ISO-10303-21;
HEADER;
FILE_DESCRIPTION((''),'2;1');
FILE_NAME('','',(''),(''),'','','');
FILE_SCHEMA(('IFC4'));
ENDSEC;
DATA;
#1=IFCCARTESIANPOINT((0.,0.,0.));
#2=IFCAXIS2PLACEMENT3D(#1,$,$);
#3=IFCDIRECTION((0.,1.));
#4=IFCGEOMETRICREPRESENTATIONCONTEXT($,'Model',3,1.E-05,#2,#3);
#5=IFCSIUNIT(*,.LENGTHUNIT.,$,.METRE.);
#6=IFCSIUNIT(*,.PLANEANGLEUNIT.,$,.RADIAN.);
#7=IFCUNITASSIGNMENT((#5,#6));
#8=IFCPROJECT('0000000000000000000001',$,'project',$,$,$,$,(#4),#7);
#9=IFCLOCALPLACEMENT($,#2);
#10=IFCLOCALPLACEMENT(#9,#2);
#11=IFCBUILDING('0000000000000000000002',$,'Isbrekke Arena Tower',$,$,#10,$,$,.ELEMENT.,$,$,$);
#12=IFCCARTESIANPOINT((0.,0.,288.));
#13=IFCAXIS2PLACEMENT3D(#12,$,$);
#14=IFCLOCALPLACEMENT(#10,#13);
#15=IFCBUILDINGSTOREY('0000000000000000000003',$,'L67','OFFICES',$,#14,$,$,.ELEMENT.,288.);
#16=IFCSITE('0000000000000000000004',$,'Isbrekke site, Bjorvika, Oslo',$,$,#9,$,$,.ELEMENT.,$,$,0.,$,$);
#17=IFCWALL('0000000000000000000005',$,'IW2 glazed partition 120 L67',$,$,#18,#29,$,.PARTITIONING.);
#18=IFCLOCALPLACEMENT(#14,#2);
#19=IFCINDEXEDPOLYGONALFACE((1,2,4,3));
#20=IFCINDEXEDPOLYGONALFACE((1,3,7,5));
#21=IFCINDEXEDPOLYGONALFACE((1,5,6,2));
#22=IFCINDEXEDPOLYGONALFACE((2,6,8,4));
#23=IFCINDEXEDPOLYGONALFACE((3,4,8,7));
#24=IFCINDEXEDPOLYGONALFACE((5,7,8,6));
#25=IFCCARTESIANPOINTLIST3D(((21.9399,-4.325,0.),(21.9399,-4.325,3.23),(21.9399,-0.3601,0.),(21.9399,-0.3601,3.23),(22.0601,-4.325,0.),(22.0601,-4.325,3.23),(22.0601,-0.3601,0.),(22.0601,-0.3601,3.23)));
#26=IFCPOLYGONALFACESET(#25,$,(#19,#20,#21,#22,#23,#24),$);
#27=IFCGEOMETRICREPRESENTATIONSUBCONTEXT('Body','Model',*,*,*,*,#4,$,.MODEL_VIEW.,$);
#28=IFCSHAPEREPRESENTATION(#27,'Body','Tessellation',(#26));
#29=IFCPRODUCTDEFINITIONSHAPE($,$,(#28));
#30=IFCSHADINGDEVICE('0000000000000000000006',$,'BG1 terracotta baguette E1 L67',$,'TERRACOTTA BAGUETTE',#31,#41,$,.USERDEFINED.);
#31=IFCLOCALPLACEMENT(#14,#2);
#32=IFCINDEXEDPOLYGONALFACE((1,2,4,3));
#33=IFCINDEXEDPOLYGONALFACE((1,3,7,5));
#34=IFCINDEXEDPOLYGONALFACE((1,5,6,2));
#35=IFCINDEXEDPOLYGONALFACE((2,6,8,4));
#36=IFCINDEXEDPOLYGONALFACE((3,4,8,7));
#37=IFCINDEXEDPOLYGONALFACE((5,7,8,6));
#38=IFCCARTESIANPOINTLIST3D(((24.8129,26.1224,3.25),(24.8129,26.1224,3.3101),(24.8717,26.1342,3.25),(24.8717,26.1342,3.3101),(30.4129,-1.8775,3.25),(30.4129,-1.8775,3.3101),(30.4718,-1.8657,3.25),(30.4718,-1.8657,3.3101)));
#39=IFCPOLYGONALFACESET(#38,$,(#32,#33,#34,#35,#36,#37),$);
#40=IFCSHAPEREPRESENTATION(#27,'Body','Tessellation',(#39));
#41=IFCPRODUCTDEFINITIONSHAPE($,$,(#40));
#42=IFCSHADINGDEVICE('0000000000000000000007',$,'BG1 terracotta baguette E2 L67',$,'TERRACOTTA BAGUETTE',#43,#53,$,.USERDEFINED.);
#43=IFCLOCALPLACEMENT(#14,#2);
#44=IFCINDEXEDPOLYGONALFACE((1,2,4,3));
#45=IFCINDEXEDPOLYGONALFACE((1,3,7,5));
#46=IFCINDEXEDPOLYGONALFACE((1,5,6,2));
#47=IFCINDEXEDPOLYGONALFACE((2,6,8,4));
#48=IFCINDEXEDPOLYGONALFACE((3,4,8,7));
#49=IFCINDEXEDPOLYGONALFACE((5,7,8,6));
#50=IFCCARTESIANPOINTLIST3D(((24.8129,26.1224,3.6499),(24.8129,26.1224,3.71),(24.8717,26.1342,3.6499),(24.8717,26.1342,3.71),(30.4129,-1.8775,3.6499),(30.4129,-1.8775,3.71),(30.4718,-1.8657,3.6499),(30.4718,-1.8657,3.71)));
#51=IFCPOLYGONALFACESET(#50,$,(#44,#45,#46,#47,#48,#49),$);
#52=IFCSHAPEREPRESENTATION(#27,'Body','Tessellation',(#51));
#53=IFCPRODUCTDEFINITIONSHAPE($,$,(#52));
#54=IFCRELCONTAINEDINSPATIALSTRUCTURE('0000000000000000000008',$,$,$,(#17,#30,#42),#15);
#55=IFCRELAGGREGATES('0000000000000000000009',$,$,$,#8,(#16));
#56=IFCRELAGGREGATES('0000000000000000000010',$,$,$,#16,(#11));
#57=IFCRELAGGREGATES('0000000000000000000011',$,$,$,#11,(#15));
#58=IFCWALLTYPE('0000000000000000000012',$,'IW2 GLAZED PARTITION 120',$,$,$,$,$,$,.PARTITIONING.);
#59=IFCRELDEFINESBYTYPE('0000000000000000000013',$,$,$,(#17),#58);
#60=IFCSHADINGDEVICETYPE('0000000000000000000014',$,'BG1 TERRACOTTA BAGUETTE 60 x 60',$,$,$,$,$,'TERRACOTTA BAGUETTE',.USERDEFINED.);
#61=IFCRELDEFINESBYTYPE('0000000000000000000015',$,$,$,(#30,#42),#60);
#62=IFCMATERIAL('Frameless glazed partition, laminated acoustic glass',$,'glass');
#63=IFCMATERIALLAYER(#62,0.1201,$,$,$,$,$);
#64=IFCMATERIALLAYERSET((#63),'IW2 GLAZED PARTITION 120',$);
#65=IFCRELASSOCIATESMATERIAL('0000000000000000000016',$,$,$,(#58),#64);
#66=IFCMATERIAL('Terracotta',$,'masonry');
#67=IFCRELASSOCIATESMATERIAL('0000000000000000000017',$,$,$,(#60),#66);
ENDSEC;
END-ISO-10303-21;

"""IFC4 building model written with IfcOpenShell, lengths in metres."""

from ifc_helpers import new_model, si_unit, direction, frame, frame_2d, origin, origin_2d, place, context, subcontext, project, spatial, rectangle, extrude, material, layer, layer_set, material_profile, profile_set, type_object, element, save


model = new_model("IFC4")

# Units and contexts
model_context = context("Model", 3, precision=1e-05, world=origin(), true_north=direction((0.0, 1.0)))
body_context = subcontext(model_context, "Body", "Model", "MODEL_VIEW")
ifc_project = project(units=[si_unit("LENGTHUNIT", "METRE"), si_unit("PLANEANGLEUNIT", "RADIAN")], contexts=[model_context])

# Site, building, storey
site_placement = place(None, origin())
site = spatial("IfcSite", under=ifc_project, at=site_placement, Name="Isbrekke site, Bjorvika, Oslo", CompositionType="ELEMENT", RefElevation=0.0)
building_placement = place(site_placement, origin())
building = spatial("IfcBuilding", under=site, at=building_placement, Name="Isbrekke Arena Tower", CompositionType="ELEMENT")
storey_placement = place(building_placement, frame((0.0, 0.0, 288.0)))
storey = spatial("IfcBuildingStorey", under=building, at=storey_placement, Name="L67", Description="OFFICES", CompositionType="ELEMENT", Elevation=288.0)

# Wall
ifc_material_1 = material(Name="Frameless glazed partition, laminated acoustic glass", Category="glass")
ifc_layer_1 = layer(ifc_material_1, 0.1201)
ifc_layer_set_1 = layer_set([ifc_layer_1], Name="IW2 GLAZED PARTITION 120")
wall_type = type_object("IfcWallType", Name="IW2 GLAZED PARTITION 120", PredefinedType="PARTITIONING", material=ifc_layer_set_1)
wall_placement = place(storey_placement, frame((22.0, -4.325, 0.0), z_axis=(0.0, 0.0, 1.0), x_axis=(0.0, 1.0, 0.0)))
element("IfcWall", 1, at=wall_placement, inside=storey, type_object=wall_type, Name="IW2 glazed partition 120 L67", PredefinedType="PARTITIONING", context=body_context, shape_type="SweptSolid", body=[
    extrude(rectangle(XDim=3.9648, YDim=0.1201, at=frame_2d((1.9824, 0.0))), origin(), (0.0, 0.0, 1.0), 3.23),
])

# Shading devices
ifc_material_2 = material(Name="Terracotta", Category="masonry")
ifc_material_profile_1 = material_profile(ifc_material_2, rectangle(XDim=0.0601, YDim=0.0601, at=origin_2d()), Name="BAGUETTE 60X60")
ifc_profile_set_1 = profile_set([ifc_material_profile_1], Name="Terracotta")
shading_device_type = type_object("IfcShadingDeviceType", Name="BG1 TERRACOTTA BAGUETTE 60 x 60", ElementType="TERRACOTTA BAGUETTE", PredefinedType="USERDEFINED", material=ifc_profile_set_1)
for number, where, z_axis, x_axis, name in (
    (2, (30.4424, -1.8716, 3.28), (-0.196119, 0.98058, 0.0), (-0.98058, -0.196119, 0.0), "BG1 terracotta baguette E1 L67"),
    (3, (30.4424, -1.8716, 3.6799), (-0.196119, 0.98058, 0.0), (-0.98058, -0.196119, 0.0), "BG1 terracotta baguette E2 L67"),
):
    element("IfcShadingDevice", number, at=place(storey_placement, frame(where, z_axis=z_axis, x_axis=x_axis)), inside=storey, type_object=shading_device_type, Name=name, ObjectType="TERRACOTTA BAGUETTE", PredefinedType="USERDEFINED", context=body_context, shape_type="SweptSolid", body=[
        extrude(rectangle(XDim=0.0601, YDim=0.0601, at=origin_2d()), origin(), (0.0, 0.0, 1.0), 28.5544),
    ])

save(model, "model.ifc")
